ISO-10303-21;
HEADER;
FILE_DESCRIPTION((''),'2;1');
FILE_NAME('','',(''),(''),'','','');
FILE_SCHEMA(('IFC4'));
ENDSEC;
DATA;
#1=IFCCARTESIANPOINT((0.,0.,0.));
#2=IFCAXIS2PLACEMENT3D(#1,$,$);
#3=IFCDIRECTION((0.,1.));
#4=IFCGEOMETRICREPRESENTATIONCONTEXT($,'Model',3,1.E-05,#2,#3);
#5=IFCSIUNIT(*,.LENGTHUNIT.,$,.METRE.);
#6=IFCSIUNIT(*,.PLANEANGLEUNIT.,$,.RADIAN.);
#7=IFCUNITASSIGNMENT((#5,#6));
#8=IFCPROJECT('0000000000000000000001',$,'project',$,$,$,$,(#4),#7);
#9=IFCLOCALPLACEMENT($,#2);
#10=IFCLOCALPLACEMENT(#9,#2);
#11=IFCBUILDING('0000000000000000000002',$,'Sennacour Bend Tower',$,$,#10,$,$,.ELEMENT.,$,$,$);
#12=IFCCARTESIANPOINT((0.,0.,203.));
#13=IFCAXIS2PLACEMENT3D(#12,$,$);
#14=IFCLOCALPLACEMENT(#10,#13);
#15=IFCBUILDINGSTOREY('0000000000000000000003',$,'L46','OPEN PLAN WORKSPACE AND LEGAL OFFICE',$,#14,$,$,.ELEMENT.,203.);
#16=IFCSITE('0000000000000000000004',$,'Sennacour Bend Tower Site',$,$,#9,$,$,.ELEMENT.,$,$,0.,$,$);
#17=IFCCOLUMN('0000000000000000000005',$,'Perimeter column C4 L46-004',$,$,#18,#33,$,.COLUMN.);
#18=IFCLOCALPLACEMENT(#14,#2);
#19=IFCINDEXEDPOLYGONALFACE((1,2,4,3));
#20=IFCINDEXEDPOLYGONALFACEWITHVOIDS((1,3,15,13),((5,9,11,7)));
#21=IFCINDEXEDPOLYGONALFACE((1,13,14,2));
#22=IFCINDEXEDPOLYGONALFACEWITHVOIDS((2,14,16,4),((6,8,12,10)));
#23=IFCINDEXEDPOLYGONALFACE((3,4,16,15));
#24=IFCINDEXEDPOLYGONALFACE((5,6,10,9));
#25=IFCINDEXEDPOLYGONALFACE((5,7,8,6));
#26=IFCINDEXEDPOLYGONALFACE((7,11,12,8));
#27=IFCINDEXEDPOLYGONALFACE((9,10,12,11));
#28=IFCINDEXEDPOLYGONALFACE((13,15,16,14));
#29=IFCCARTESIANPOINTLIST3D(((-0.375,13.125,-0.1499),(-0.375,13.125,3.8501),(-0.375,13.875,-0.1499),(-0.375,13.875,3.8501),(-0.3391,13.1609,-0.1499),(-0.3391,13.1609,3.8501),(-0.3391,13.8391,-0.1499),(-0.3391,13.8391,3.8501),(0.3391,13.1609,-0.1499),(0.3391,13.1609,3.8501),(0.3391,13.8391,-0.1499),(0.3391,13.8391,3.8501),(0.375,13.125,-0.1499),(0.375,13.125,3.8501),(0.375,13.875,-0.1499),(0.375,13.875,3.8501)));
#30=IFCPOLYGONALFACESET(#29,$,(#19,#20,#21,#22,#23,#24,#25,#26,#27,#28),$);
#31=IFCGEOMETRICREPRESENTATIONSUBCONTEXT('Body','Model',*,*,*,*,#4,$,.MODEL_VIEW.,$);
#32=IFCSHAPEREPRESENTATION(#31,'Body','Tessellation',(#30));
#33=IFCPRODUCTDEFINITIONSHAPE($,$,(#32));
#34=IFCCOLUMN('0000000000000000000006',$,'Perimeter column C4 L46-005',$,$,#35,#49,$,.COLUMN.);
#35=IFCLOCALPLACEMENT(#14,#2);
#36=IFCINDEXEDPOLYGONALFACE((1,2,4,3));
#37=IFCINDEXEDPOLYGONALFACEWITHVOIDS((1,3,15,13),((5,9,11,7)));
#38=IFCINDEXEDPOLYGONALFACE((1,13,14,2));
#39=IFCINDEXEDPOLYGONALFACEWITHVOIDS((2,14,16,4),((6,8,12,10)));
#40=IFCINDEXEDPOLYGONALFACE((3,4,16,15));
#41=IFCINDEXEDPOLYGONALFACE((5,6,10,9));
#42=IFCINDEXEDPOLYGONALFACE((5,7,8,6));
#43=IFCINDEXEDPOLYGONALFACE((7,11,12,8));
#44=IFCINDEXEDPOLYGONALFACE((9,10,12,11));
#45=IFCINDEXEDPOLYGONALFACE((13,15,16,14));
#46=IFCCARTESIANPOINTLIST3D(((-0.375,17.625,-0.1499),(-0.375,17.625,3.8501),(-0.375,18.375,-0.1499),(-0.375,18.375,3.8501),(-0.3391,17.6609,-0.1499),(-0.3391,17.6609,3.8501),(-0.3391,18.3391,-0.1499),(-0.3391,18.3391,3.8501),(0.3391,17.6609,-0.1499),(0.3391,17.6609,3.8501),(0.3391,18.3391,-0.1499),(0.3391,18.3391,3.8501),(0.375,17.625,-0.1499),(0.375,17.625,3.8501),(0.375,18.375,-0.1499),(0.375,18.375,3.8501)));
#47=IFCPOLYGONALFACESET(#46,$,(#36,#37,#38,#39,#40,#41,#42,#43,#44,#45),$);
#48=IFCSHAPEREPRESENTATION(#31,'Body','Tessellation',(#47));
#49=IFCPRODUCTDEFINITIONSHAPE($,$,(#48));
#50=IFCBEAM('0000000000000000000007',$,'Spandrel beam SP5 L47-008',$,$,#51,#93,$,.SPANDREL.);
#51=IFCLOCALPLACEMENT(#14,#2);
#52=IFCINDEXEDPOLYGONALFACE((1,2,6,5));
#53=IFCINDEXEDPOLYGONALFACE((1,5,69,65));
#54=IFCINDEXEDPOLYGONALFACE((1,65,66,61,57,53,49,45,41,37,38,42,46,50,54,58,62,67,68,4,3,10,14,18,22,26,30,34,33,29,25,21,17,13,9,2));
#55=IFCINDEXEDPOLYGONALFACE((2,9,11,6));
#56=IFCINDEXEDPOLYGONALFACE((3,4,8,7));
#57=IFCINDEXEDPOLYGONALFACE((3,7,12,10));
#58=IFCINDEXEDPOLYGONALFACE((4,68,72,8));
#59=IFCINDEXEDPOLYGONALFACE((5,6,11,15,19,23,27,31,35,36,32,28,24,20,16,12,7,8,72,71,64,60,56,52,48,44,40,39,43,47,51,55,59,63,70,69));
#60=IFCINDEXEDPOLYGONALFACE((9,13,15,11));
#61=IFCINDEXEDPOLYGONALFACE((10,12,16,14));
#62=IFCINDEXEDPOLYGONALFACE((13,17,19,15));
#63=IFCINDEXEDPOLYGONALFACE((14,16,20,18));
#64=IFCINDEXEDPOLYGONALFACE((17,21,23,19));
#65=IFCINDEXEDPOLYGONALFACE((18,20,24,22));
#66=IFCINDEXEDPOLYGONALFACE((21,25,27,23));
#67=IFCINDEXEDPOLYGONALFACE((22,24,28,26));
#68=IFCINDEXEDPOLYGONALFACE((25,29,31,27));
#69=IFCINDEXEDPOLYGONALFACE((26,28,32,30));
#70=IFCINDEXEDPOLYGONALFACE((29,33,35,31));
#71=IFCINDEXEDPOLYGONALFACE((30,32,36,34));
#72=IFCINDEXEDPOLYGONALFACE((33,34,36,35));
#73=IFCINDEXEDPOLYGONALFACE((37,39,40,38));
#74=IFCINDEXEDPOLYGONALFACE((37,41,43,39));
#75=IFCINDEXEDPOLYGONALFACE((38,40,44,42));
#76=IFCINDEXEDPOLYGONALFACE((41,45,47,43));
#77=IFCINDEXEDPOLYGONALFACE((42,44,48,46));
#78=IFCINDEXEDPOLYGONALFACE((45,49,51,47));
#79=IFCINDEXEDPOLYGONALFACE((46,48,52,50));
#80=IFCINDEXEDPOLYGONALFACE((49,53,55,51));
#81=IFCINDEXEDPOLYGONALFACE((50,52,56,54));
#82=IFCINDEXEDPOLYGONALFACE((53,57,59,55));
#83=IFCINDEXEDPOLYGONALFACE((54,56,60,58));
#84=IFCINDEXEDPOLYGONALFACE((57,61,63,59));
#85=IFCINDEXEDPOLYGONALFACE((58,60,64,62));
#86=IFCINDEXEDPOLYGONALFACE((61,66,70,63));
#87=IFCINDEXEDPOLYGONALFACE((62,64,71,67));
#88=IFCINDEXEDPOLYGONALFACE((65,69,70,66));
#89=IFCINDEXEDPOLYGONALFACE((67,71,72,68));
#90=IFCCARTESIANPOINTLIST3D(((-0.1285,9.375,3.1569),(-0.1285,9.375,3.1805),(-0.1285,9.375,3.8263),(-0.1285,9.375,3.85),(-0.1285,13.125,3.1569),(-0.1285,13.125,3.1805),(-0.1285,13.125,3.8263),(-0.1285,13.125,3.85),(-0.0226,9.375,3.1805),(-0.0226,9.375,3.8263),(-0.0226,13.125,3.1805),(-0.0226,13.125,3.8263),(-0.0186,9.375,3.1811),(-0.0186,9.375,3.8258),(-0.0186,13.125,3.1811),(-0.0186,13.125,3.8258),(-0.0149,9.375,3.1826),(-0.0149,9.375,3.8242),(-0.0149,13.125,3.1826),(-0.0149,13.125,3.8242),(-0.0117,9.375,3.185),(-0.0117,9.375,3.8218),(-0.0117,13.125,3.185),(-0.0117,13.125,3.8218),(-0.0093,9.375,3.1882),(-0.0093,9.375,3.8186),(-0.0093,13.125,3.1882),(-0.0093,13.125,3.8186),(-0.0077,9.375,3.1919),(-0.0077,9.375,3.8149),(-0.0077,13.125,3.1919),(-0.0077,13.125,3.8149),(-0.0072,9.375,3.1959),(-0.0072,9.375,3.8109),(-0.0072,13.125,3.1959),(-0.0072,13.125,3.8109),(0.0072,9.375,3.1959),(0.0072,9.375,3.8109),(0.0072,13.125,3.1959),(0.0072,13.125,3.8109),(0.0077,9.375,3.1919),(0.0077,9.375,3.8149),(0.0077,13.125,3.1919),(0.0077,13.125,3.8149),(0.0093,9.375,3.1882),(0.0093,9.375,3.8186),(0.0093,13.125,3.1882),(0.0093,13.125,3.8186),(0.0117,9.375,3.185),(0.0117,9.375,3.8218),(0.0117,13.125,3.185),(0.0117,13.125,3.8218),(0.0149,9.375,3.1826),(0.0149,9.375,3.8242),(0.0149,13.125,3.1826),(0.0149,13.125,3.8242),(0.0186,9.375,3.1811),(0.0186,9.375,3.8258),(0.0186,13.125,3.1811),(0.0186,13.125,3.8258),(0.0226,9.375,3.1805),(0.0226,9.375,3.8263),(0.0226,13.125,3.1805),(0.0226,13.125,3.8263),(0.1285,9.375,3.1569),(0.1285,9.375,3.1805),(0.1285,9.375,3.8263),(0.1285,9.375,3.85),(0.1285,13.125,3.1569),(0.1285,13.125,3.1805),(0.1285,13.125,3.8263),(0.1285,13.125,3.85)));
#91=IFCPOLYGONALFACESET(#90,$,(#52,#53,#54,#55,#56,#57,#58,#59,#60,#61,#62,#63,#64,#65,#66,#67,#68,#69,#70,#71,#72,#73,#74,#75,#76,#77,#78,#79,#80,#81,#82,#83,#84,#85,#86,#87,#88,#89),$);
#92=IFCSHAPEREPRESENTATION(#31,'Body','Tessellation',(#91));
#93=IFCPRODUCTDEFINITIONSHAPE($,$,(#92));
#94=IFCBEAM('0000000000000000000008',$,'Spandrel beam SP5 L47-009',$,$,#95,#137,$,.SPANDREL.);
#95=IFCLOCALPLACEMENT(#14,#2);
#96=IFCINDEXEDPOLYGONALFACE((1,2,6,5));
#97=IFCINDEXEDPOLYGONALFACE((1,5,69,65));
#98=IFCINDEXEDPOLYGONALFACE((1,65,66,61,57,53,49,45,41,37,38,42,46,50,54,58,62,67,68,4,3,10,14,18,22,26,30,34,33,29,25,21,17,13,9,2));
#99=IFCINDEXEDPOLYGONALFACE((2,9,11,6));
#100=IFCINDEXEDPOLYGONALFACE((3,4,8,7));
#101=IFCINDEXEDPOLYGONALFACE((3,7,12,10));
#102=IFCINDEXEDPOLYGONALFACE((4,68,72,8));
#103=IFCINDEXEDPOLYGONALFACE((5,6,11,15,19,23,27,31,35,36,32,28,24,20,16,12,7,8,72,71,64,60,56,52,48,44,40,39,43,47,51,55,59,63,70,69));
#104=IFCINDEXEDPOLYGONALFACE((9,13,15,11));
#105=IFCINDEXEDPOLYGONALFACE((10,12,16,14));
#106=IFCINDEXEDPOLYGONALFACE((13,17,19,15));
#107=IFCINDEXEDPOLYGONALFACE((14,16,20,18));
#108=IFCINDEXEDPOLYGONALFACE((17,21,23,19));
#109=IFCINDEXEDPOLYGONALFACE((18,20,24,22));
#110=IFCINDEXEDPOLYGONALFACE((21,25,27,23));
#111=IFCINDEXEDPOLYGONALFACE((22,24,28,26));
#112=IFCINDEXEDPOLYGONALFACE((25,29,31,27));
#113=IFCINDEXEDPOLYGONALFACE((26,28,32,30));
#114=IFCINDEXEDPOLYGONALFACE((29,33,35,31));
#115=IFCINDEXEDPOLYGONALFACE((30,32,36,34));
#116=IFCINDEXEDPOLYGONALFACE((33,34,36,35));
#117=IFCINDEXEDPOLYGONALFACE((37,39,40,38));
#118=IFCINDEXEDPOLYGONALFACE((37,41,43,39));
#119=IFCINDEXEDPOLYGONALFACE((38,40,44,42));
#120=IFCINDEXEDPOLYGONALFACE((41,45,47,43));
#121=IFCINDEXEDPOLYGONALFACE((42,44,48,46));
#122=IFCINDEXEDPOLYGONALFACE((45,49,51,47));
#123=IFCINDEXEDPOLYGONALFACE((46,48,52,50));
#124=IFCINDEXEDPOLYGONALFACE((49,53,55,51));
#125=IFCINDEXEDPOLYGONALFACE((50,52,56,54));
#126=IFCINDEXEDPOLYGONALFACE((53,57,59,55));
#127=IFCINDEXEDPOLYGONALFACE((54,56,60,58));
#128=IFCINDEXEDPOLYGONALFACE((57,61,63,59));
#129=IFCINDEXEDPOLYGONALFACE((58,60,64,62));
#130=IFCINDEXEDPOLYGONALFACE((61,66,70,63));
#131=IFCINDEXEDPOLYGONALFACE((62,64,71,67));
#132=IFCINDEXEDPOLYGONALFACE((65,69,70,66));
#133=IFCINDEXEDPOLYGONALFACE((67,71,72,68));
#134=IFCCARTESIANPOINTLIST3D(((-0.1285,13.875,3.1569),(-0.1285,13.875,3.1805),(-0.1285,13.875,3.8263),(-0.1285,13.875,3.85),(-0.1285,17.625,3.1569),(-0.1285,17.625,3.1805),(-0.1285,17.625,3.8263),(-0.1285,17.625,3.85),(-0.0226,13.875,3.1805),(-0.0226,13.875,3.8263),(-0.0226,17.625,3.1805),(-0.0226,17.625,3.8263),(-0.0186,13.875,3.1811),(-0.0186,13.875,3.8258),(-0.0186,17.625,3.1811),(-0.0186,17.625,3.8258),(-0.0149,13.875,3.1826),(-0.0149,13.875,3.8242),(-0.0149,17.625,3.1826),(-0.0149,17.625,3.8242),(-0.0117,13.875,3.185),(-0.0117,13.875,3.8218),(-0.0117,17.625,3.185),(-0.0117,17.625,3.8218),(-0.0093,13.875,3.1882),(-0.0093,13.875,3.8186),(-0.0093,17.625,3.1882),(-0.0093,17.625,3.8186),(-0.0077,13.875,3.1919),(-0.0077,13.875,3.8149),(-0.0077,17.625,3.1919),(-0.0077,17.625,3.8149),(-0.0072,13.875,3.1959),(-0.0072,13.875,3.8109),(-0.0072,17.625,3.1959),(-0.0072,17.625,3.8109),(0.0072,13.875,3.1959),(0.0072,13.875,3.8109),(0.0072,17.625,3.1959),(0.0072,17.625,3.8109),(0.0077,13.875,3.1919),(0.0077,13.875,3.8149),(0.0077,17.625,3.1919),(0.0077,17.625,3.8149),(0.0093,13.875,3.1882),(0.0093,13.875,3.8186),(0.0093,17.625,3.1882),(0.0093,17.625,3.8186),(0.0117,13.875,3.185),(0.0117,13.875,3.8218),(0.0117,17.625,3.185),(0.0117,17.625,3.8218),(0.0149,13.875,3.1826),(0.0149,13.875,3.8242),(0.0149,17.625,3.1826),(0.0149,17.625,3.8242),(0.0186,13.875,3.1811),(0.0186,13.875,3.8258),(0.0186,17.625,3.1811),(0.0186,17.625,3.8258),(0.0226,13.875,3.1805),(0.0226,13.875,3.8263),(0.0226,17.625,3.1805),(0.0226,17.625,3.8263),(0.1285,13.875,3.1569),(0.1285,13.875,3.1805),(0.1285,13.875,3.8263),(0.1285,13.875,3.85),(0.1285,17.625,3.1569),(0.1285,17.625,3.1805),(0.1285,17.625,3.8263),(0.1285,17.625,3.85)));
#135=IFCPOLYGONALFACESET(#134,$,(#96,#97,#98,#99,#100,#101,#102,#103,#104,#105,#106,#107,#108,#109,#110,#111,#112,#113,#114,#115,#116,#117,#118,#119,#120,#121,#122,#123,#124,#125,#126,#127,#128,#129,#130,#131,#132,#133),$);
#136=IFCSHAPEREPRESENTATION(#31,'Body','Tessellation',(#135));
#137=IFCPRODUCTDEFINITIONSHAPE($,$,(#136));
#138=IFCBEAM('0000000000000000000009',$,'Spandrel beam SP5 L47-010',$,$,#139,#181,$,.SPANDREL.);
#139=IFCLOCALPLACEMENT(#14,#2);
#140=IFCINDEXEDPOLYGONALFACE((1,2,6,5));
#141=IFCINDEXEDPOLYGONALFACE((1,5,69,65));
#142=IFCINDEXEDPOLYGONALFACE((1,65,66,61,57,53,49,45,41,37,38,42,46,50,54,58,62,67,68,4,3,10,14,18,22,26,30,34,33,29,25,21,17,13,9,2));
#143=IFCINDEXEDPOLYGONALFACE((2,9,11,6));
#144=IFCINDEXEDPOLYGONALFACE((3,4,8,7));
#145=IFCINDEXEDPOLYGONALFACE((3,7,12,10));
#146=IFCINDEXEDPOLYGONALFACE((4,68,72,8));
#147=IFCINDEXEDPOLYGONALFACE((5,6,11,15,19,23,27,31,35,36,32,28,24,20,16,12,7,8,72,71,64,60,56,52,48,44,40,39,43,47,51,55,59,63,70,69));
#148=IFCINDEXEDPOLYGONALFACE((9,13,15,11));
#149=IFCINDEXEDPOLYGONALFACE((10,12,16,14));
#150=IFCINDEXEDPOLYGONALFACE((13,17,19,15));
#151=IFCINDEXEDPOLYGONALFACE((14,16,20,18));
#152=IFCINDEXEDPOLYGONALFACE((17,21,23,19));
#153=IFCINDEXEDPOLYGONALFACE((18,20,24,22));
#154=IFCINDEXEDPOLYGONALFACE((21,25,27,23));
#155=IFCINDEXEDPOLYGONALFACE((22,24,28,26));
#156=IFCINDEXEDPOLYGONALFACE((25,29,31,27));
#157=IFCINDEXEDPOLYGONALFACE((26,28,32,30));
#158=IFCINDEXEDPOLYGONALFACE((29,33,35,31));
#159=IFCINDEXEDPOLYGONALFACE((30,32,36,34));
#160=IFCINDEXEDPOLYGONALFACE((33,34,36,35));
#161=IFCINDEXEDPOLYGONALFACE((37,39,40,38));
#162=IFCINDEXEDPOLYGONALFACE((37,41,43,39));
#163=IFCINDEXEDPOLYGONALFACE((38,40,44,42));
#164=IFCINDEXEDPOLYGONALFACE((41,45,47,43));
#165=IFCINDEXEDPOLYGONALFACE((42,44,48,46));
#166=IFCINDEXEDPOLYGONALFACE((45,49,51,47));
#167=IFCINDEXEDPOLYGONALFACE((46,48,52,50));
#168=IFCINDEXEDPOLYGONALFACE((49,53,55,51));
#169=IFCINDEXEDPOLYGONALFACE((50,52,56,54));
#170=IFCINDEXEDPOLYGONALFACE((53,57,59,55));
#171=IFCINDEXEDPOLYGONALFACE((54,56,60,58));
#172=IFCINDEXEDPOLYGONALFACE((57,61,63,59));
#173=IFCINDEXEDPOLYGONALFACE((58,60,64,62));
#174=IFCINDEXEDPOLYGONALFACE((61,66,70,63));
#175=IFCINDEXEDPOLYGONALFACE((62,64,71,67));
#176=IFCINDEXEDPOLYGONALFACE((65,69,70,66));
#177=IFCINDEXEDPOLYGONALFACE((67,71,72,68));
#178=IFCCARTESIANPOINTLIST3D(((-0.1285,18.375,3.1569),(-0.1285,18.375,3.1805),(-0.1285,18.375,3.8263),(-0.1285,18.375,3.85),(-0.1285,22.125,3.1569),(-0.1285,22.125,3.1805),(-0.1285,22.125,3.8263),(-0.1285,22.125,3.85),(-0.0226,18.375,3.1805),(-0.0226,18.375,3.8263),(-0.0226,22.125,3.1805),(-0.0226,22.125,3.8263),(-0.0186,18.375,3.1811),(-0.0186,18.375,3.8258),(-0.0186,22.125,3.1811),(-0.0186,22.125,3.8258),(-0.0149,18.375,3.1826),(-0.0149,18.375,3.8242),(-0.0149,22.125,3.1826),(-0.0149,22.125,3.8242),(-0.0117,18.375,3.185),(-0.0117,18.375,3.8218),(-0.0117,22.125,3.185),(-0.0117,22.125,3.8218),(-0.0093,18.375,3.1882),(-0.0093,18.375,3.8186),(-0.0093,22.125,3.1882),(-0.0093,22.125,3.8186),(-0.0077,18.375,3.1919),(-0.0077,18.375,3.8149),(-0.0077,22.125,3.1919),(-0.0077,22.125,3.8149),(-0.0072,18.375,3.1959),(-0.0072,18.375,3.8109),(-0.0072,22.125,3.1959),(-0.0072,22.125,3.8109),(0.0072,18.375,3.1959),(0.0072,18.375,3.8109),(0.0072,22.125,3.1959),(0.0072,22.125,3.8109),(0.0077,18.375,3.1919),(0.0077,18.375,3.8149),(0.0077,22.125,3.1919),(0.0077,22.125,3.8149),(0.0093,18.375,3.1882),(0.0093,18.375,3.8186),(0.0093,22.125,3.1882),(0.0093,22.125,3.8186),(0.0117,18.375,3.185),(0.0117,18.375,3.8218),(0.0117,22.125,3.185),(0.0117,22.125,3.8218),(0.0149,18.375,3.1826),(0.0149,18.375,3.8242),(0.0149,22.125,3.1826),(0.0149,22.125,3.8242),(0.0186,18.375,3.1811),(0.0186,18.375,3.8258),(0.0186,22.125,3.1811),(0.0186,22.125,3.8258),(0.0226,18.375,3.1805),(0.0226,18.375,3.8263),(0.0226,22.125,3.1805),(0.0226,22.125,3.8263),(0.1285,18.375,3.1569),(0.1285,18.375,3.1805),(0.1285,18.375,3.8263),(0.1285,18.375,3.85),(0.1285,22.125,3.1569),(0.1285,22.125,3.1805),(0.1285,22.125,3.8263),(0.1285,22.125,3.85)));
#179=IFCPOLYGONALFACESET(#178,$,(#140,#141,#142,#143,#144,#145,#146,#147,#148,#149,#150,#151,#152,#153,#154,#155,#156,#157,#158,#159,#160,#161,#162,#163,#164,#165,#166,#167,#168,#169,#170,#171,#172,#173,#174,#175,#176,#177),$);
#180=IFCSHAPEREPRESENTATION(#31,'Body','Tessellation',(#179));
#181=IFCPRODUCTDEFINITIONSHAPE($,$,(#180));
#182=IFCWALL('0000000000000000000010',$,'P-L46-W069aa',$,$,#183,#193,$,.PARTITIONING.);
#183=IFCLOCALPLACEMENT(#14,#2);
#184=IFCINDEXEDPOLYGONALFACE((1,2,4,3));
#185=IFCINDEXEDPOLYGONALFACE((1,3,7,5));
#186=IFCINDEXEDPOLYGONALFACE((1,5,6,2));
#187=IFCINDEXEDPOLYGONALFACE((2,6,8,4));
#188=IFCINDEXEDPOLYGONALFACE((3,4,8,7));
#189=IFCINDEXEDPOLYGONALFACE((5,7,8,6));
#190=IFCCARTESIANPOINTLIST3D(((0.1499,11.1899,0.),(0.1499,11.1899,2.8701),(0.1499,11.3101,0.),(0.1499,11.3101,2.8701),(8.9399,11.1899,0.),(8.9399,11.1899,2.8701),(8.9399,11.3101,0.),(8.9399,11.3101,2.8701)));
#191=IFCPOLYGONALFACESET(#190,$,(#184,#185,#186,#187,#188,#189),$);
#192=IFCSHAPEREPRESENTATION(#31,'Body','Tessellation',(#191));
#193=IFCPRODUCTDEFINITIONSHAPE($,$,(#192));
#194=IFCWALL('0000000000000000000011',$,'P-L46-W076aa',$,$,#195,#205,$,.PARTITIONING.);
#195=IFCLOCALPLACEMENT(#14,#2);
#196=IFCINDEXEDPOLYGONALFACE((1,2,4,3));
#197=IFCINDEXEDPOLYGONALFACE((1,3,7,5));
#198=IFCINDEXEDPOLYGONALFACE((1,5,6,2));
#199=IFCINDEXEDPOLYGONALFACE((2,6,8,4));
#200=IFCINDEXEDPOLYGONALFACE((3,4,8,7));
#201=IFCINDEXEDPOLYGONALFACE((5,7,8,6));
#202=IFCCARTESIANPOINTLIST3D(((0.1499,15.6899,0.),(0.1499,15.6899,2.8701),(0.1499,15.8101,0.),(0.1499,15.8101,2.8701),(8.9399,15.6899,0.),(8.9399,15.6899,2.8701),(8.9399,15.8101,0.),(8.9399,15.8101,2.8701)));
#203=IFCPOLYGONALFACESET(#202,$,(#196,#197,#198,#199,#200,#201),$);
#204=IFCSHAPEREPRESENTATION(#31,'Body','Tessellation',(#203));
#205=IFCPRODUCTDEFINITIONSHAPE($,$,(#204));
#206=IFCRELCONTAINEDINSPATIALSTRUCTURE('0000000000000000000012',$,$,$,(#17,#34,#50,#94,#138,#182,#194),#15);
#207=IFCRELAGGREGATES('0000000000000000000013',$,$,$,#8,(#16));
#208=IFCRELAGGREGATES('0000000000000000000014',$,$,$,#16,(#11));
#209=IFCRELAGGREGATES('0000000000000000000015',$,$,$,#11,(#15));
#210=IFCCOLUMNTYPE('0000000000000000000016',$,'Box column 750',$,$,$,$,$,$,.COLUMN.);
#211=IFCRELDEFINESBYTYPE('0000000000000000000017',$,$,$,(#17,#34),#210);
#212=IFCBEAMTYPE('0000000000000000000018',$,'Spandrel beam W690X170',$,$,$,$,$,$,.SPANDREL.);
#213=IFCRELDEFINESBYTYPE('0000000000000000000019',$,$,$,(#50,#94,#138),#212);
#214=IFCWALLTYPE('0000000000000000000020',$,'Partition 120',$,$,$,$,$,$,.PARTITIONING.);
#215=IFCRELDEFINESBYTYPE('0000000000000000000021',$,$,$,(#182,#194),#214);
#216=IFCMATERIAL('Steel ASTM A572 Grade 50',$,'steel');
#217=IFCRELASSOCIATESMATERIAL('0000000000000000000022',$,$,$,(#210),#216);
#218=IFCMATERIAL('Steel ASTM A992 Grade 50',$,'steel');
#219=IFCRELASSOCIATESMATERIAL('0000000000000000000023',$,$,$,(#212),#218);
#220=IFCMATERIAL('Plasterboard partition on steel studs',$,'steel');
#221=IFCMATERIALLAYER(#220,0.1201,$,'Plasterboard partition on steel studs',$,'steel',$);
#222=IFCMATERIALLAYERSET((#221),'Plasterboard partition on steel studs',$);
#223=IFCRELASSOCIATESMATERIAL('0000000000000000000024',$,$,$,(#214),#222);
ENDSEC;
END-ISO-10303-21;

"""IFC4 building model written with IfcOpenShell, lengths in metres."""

from ifc_helpers import new_model, si_unit, direction, frame, frame_2d, origin, origin_2d, place, context, subcontext, project, spatial, rectangle, hollow_rectangle, i_section, extrude, material, layer, layer_set, material_profile, profile_set, type_object, element, save


model = new_model("IFC4")

# Units and contexts
model_context = context("Model", 3, precision=1e-05, world=origin(), true_north=direction((0.0, 1.0)))
body_context = subcontext(model_context, "Body", "Model", "MODEL_VIEW")
ifc_project = project(units=[si_unit("LENGTHUNIT", "METRE"), si_unit("PLANEANGLEUNIT", "RADIAN")], contexts=[model_context])

# Site, building, storey
site_placement = place(None, origin())
site = spatial("IfcSite", under=ifc_project, at=site_placement, Name="Sennacour Bend Tower Site", CompositionType="ELEMENT", RefElevation=0.0)
building_placement = place(site_placement, origin())
building = spatial("IfcBuilding", under=site, at=building_placement, Name="Sennacour Bend Tower", CompositionType="ELEMENT")
storey_placement = place(building_placement, frame((0.0, 0.0, 203.0)))
storey = spatial("IfcBuildingStorey", under=building, at=storey_placement, Name="L46", Description="OPEN PLAN WORKSPACE AND LEGAL OFFICE", CompositionType="ELEMENT", Elevation=203.0)

# Columns
ifc_material_1 = material(Name="Steel ASTM A572 Grade 50", Category="steel")
ifc_material_profile_1 = material_profile(ifc_material_1, hollow_rectangle(XDim=0.75, YDim=0.75, WallThickness=0.0359, at=origin_2d()), Name="Steel ASTM A572 Grade 50", Category="steel")
ifc_profile_set_1 = profile_set([ifc_material_profile_1], Name="Steel ASTM A572 Grade 50")
column_type = type_object("IfcColumnType", Name="Box column 750", PredefinedType="COLUMN", material=ifc_profile_set_1)
for number, where, z_axis, x_axis, name in (
    (1, (0.0, 13.5, -0.1499), (0.0, 0.0, 1.0), (1.0, 0.0, 0.0), "Perimeter column C4 L46-004"),
    (2, (0.0, 18.0, -0.1499), (0.0, 0.0, 1.0), (1.0, 0.0, 0.0), "Perimeter column C4 L46-005"),
):
    element("IfcColumn", number, at=place(storey_placement, frame(where, z_axis=z_axis, x_axis=x_axis)), inside=storey, type_object=column_type, Name=name, PredefinedType="COLUMN", context=body_context, shape_type="SweptSolid", body=[
        extrude(hollow_rectangle(XDim=0.75, YDim=0.75, WallThickness=0.0359, at=origin_2d()), origin(), (0.0, 0.0, 1.0), 4.0),
    ])

# Beams
ifc_material_2 = material(Name="Steel ASTM A992 Grade 50", Category="steel")
ifc_material_profile_2 = material_profile(ifc_material_2, i_section(OverallWidth=0.2571, OverallDepth=0.6931, WebThickness=0.0144, FlangeThickness=0.0237, FilletRadius=0.0154, at=origin_2d()), Name="Steel ASTM A992 Grade 50", Category="steel")
ifc_profile_set_2 = profile_set([ifc_material_profile_2], Name="Steel ASTM A992 Grade 50")
beam_type = type_object("IfcBeamType", Name="Spandrel beam W690X170", PredefinedType="SPANDREL", material=ifc_profile_set_2)
for number, where, z_axis, x_axis, name in (
    (3, (0.0, 9.375, 3.5034), (0.0, 1.0, 0.0), (-1.0, 0.0, 0.0), "Spandrel beam SP5 L47-008"),
    (4, (0.0, 13.875, 3.5034), (0.0, 1.0, 0.0), (-1.0, 0.0, 0.0), "Spandrel beam SP5 L47-009"),
    (5, (0.0, 18.375, 3.5034), (0.0, 1.0, 0.0), (-1.0, 0.0, 0.0), "Spandrel beam SP5 L47-010"),
):
    element("IfcBeam", number, at=place(storey_placement, frame(where, z_axis=z_axis, x_axis=x_axis)), inside=storey, type_object=beam_type, Name=name, PredefinedType="SPANDREL", context=body_context, shape_type="SweptSolid", body=[
        extrude(i_section(OverallWidth=0.2571, OverallDepth=0.6931, WebThickness=0.0144, FlangeThickness=0.0237, FilletRadius=0.0154, at=origin_2d()), origin(), (0.0, 0.0, 1.0), 3.75),
    ])

# Walls
ifc_material_3 = material(Name="Plasterboard partition on steel studs", Category="steel")
ifc_layer_1 = layer(ifc_material_3, 0.1201, Name="Plasterboard partition on steel studs", Category="steel")
ifc_layer_set_1 = layer_set([ifc_layer_1], Name="Plasterboard partition on steel studs")
wall_type_1 = type_object("IfcWallType", Name="Partition 120", PredefinedType="PARTITIONING", material=ifc_layer_set_1)
for number, where, z_axis, x_axis, name in (
    (6, (0.1499, 11.25, 0.0), (0.0, 0.0, 1.0), (1.0, 0.0, 0.0), "P-L46-W069aa"),
    (7, (0.1499, 15.75, 0.0), (0.0, 0.0, 1.0), (1.0, 0.0, 0.0), "P-L46-W076aa"),
):
    element("IfcWall", number, at=place(storey_placement, frame(where, z_axis=z_axis, x_axis=x_axis)), inside=storey, type_object=wall_type_1, Name=name, PredefinedType="PARTITIONING", context=body_context, shape_type="SweptSolid", body=[
        extrude(rectangle(XDim=8.79, YDim=0.1201, at=frame_2d((4.395, 0.0))), origin(), (0.0, 0.0, 1.0), 2.8701),
    ])

save(model, "model.ifc")
